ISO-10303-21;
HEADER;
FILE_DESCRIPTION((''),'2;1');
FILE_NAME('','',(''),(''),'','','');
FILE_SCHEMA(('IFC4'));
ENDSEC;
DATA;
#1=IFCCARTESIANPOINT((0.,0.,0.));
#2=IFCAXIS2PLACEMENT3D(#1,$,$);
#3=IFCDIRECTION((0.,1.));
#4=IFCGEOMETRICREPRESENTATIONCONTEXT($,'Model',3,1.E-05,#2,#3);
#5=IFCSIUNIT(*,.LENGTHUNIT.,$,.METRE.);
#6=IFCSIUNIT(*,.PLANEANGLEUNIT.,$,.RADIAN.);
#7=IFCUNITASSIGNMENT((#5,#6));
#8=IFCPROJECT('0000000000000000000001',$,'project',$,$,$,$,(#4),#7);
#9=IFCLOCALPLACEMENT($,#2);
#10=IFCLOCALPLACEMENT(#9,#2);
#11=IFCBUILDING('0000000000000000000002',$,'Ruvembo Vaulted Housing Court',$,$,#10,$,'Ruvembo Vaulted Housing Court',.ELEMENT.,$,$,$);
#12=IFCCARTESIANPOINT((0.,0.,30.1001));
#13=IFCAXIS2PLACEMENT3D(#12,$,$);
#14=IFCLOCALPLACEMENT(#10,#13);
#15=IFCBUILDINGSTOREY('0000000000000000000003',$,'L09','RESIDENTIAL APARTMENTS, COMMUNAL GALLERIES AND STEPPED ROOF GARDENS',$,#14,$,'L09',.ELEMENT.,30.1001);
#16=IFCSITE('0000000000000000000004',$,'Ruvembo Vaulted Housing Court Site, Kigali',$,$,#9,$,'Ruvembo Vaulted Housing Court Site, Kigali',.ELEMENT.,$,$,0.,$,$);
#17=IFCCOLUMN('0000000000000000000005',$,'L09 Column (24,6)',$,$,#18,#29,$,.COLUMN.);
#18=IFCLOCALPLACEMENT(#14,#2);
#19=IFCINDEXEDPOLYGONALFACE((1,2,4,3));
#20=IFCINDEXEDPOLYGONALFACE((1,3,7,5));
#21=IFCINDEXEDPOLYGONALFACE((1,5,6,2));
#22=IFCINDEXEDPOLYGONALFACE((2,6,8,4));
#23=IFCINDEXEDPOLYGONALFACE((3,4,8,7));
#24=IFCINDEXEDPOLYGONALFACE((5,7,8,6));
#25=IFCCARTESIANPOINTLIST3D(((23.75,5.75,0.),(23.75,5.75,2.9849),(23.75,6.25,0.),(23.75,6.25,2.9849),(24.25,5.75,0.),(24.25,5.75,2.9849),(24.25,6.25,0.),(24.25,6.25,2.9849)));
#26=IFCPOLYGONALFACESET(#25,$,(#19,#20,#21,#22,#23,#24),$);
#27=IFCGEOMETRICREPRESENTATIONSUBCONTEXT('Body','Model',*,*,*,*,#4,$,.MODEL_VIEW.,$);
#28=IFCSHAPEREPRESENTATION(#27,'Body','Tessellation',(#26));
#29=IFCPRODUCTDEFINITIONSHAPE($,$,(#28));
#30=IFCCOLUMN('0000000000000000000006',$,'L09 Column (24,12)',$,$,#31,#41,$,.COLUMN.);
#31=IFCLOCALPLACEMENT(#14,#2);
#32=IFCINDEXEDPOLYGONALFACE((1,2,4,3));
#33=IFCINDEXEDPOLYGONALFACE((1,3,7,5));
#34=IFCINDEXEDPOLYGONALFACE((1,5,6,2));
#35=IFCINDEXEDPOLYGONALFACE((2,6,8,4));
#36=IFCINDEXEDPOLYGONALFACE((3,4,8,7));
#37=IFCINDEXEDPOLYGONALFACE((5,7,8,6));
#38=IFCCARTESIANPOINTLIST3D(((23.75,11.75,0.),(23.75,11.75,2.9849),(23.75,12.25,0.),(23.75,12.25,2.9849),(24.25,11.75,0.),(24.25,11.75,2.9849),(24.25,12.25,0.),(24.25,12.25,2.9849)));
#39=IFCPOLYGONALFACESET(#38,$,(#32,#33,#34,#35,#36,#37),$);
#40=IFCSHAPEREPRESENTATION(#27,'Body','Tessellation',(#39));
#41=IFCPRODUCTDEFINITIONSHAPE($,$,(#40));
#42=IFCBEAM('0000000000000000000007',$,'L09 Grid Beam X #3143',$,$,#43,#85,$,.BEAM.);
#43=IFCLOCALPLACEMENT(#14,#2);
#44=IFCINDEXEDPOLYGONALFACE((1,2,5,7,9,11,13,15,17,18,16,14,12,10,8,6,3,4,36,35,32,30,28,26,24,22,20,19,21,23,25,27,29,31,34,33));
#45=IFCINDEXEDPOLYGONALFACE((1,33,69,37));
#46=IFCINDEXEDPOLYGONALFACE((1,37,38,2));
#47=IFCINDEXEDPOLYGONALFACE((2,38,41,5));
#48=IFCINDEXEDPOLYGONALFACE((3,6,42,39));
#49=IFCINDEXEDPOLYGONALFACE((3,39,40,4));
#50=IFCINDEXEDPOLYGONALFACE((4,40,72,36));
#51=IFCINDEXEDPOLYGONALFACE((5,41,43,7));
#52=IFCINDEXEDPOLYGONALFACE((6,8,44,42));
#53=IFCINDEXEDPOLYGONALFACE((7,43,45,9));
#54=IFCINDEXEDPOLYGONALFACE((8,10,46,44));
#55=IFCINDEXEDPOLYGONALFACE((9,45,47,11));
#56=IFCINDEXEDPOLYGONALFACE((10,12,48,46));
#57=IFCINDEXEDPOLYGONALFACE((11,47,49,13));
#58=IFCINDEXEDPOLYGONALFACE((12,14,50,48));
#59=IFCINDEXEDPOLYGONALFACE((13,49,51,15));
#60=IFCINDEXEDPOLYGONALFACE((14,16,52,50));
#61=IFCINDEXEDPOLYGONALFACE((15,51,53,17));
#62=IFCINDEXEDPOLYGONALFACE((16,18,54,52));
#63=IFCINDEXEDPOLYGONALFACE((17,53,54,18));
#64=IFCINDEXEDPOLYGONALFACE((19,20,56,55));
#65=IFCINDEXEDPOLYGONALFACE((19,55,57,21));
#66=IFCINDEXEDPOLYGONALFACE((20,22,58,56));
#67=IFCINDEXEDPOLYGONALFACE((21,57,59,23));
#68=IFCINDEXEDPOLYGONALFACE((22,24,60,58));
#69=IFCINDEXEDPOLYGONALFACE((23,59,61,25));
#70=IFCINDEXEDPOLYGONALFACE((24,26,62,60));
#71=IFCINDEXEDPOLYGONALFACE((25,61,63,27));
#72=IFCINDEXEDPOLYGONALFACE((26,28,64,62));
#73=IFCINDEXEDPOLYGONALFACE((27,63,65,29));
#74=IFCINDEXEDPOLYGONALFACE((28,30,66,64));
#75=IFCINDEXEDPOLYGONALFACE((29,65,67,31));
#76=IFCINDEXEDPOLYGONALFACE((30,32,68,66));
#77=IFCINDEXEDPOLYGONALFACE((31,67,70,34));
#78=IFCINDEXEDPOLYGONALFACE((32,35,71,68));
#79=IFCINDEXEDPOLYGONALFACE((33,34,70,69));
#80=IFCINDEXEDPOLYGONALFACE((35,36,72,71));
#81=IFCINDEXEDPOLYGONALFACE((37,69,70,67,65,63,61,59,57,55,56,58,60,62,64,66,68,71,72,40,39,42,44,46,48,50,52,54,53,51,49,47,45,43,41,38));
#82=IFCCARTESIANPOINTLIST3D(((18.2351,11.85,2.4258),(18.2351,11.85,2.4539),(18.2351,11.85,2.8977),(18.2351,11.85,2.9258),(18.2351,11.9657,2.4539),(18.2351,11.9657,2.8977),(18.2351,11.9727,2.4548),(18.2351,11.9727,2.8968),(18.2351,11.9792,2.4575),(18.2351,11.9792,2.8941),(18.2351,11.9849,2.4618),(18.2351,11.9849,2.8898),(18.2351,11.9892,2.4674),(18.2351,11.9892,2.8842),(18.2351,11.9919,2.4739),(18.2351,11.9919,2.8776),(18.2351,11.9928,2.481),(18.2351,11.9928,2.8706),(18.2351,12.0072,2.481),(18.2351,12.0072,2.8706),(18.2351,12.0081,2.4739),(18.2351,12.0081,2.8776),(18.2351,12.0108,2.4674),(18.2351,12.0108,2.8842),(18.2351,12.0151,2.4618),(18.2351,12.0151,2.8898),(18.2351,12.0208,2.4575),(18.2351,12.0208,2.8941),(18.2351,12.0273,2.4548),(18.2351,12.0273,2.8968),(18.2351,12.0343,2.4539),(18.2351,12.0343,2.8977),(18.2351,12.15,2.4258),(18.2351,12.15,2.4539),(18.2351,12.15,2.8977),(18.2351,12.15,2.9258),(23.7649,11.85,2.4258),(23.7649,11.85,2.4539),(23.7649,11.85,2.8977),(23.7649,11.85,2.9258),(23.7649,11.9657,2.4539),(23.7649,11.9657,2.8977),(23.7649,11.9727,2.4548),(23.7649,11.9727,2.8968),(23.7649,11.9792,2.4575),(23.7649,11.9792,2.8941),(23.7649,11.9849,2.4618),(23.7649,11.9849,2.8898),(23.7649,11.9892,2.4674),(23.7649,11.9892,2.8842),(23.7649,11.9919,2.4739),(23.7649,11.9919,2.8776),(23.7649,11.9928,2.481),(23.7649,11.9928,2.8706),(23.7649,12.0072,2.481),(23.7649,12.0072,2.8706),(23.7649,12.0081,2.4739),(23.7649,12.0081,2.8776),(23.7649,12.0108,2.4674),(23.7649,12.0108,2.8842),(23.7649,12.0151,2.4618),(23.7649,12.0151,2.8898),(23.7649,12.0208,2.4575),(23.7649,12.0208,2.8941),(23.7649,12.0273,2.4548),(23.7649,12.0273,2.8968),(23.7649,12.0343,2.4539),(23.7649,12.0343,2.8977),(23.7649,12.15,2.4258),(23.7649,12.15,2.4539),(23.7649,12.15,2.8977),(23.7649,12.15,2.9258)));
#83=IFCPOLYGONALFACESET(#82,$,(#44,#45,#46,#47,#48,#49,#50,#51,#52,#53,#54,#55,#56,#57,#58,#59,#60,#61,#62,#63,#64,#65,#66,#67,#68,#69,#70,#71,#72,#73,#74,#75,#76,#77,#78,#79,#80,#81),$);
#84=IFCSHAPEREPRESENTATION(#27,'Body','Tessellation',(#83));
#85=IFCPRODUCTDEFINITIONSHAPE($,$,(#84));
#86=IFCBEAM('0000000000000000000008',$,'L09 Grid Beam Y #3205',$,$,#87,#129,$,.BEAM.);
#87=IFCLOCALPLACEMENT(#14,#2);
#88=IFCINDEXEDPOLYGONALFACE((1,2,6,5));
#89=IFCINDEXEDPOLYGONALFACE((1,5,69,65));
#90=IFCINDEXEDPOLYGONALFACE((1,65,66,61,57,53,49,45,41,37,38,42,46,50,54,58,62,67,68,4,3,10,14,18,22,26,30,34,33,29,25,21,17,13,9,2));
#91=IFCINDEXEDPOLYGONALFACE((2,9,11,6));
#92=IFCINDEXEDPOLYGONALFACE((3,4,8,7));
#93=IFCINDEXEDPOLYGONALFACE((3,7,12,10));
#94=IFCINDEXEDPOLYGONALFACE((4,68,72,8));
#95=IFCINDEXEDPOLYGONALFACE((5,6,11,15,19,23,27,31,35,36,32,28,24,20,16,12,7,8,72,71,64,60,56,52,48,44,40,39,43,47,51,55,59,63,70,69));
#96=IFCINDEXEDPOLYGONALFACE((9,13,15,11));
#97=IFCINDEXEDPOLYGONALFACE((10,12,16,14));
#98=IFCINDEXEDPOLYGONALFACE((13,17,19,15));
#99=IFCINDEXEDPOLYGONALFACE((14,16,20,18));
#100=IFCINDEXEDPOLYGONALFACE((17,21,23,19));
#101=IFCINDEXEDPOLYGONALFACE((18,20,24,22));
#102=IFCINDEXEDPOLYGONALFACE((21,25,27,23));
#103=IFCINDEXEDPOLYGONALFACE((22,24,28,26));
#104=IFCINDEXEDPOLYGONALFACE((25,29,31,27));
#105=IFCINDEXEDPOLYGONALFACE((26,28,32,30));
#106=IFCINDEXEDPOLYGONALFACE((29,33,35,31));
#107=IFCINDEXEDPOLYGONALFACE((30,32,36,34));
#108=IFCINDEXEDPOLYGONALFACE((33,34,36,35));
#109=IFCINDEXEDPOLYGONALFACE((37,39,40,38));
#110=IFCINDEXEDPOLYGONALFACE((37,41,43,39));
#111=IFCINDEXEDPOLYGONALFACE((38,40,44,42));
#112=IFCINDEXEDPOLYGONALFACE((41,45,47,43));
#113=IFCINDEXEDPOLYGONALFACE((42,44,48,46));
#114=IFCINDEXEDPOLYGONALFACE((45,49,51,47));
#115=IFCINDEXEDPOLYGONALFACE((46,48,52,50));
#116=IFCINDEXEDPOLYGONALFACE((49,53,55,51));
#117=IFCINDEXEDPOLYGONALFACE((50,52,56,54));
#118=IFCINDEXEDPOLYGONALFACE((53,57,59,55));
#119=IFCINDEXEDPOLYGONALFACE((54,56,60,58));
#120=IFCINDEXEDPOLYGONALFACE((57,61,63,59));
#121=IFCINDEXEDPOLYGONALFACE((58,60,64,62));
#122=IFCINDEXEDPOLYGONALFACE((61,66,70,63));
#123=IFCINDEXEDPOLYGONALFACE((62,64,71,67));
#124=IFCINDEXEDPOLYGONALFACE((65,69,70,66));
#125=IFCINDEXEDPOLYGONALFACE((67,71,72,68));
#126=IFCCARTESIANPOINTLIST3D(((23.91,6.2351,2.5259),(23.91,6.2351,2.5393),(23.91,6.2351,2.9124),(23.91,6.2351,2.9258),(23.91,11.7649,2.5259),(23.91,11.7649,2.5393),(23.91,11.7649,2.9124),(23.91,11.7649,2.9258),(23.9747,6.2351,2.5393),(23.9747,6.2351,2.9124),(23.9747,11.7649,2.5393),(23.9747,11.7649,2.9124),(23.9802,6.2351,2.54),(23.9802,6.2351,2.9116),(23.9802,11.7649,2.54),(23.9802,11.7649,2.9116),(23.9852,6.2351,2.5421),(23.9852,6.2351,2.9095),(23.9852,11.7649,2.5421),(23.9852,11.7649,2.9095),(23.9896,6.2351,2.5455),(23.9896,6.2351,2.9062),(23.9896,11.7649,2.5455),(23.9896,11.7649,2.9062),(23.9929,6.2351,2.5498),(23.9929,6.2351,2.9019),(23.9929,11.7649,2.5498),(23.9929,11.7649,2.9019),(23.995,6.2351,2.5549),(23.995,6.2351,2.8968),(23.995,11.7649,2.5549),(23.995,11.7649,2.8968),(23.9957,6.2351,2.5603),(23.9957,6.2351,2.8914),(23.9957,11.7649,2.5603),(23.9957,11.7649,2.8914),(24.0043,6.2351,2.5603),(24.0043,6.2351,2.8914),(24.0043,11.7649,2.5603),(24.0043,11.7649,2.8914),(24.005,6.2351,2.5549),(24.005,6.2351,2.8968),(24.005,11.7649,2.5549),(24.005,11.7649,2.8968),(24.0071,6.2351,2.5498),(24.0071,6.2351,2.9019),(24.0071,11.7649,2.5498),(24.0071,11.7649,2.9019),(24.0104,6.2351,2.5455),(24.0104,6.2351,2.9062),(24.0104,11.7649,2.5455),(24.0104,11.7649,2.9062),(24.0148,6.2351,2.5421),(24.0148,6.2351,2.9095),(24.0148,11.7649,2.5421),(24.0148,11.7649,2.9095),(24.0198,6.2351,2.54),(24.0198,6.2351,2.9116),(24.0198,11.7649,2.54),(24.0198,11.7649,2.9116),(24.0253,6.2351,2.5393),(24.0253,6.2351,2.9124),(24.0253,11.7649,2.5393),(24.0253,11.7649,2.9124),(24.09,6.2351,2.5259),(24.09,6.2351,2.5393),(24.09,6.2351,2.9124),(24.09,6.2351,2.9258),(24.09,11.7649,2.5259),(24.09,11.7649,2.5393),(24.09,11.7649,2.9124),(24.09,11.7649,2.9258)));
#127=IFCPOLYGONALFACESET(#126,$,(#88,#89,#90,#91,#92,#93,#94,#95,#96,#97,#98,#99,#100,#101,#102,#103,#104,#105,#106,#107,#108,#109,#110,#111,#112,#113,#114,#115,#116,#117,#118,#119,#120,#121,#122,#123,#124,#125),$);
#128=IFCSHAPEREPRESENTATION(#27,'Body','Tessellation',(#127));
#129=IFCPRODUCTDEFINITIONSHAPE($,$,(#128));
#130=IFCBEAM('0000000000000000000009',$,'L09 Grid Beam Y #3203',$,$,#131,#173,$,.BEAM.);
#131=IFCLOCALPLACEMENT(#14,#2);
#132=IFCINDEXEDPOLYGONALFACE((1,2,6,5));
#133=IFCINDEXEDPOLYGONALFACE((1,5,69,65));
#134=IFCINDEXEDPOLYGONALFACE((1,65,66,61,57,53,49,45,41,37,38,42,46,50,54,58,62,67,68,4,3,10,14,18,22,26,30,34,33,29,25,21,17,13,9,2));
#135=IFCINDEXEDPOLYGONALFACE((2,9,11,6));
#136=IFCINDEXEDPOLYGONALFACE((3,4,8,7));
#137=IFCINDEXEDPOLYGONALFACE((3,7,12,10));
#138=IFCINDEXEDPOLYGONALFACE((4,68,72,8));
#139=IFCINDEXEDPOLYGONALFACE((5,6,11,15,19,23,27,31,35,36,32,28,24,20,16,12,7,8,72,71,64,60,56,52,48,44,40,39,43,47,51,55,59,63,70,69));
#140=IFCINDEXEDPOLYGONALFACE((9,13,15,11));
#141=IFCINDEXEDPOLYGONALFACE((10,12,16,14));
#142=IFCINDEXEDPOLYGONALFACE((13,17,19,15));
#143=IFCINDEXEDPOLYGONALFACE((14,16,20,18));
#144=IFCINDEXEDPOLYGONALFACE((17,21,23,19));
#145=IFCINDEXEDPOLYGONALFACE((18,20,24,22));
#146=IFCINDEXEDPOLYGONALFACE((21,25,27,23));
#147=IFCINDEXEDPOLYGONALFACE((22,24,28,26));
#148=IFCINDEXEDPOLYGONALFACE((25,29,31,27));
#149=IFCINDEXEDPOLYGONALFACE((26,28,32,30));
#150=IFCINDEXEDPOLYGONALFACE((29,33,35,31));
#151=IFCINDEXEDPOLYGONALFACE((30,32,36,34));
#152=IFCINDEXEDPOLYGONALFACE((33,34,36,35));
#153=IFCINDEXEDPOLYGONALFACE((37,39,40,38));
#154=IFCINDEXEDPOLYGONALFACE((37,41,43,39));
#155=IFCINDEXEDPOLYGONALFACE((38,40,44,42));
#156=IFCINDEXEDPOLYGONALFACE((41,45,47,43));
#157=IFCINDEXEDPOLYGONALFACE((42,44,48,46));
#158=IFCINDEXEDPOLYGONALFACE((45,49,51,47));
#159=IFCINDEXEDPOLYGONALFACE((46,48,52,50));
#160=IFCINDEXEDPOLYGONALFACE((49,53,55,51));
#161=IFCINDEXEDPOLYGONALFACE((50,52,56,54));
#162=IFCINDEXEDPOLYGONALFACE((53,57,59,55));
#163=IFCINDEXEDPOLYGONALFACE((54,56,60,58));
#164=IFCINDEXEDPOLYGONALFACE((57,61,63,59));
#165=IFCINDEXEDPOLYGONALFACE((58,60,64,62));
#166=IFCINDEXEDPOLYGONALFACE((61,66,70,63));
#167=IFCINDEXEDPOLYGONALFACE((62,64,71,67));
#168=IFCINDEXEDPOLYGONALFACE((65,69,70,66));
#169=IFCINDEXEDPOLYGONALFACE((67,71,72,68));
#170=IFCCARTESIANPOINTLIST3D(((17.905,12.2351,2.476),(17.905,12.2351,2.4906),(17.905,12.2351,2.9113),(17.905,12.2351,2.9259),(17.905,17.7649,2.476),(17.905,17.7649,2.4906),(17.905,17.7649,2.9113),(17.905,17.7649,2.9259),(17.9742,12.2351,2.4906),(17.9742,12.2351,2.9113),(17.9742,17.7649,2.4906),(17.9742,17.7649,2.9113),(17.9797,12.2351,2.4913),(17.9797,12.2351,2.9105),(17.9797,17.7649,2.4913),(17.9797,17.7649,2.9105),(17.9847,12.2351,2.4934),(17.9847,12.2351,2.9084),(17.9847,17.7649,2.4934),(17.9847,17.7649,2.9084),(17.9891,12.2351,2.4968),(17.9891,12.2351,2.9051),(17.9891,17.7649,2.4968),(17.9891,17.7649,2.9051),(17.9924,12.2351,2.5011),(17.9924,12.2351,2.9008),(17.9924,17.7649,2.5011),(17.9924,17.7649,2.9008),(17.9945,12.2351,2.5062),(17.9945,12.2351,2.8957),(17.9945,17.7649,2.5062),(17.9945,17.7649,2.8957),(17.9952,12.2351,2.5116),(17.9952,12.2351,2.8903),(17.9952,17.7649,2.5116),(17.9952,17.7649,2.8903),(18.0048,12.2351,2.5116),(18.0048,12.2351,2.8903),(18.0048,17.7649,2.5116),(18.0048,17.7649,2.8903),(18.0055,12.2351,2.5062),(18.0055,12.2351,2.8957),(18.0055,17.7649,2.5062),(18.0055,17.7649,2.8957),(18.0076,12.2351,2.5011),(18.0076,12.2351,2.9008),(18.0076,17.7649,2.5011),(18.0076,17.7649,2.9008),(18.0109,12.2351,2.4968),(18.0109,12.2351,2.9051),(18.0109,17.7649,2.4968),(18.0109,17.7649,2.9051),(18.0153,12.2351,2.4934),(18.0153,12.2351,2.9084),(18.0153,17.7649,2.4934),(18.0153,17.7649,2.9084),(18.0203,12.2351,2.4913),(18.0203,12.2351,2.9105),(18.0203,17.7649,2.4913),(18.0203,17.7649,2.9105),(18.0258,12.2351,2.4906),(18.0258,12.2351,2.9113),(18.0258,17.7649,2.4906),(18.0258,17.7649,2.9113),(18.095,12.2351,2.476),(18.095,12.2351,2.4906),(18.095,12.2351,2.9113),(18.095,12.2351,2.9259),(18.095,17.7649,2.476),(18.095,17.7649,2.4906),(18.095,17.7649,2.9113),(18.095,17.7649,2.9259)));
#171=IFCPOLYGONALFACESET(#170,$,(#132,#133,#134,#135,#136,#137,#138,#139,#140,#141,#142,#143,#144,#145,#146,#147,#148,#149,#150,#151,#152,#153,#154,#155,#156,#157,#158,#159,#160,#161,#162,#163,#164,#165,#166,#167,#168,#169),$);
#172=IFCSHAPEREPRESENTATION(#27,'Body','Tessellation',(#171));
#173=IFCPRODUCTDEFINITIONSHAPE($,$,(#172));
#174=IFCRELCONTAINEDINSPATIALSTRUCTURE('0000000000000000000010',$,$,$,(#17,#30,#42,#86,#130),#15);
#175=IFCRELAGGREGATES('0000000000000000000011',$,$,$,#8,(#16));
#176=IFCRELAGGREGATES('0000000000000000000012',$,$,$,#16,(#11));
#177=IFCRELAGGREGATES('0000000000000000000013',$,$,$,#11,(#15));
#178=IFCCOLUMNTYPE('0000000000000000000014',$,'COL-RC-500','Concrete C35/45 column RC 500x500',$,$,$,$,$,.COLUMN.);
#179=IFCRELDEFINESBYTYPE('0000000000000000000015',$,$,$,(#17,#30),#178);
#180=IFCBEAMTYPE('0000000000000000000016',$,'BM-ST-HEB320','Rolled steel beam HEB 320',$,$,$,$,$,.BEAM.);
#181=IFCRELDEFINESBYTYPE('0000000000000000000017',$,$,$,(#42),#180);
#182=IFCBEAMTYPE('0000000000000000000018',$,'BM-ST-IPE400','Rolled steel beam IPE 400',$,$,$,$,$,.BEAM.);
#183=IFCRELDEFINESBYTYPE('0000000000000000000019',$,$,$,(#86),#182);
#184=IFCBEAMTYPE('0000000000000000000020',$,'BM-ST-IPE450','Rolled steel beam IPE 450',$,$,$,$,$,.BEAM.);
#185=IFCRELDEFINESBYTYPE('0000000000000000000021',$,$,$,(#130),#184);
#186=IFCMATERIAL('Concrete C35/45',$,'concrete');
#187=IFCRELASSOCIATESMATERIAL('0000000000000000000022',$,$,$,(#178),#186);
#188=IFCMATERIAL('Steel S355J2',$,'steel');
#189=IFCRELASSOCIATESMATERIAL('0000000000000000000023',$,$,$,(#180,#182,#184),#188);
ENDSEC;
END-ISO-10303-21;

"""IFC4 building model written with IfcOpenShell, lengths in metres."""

from ifc_helpers import new_model, si_unit, direction, frame, origin, origin_2d, place, context, subcontext, project, spatial, rectangle, i_section, extrude, material, material_profile, profile_set, type_object, element, save


model = new_model("IFC4")

# Units and contexts
model_context = context("Model", 3, precision=1e-05, world=origin(), true_north=direction((0.0, 1.0)))
body_context = subcontext(model_context, "Body", "Model", "MODEL_VIEW")
ifc_project = project(units=[si_unit("LENGTHUNIT", "METRE"), si_unit("PLANEANGLEUNIT", "RADIAN")], contexts=[model_context])

# Site, building, storey
site_placement = place(None, origin())
site = spatial("IfcSite", under=ifc_project, at=site_placement, Name="Ruvembo Vaulted Housing Court Site, Kigali", LongName="Ruvembo Vaulted Housing Court Site, Kigali", CompositionType="ELEMENT", RefElevation=0.0)
building_placement = place(site_placement, origin())
building = spatial("IfcBuilding", under=site, at=building_placement, Name="Ruvembo Vaulted Housing Court", LongName="Ruvembo Vaulted Housing Court", CompositionType="ELEMENT")
storey_placement = place(building_placement, frame((0.0, 0.0, 30.1001)))
storey = spatial("IfcBuildingStorey", under=building, at=storey_placement, Name="L09", Description="RESIDENTIAL APARTMENTS, COMMUNAL GALLERIES AND STEPPED ROOF GARDENS", LongName="L09", CompositionType="ELEMENT", Elevation=30.1001)

# Columns
ifc_material_1 = material(Name="Concrete C35/45", Category="concrete")
ifc_material_profile_1 = material_profile(ifc_material_1, rectangle(XDim=0.5, YDim=0.5, at=origin_2d()), Name="RC 500x500")
ifc_profile_set_1 = profile_set([ifc_material_profile_1], Name="Concrete C35/45")
column_type = type_object("IfcColumnType", Name="COL-RC-500", Description="Concrete C35/45 column RC 500x500", PredefinedType="COLUMN", material=ifc_profile_set_1)
for number, where, z_axis, x_axis, name in (
    (1, (24.0, 6.0, 0.0), (0.0, 0.0, 1.0), (1.0, 0.0, 0.0), "L09 Column (24,6)"),
    (2, (24.0, 12.0, 0.0), (0.0, 0.0, 1.0), (1.0, 0.0, 0.0), "L09 Column (24,12)"),
):
    element("IfcColumn", number, at=place(storey_placement, frame(where, z_axis=z_axis, x_axis=x_axis)), inside=storey, type_object=column_type, Name=name, PredefinedType="COLUMN", context=body_context, shape_type="SweptSolid", body=[
        extrude(rectangle(XDim=0.5, YDim=0.5, at=origin_2d()), origin(), (0.0, 0.0, 1.0), 2.9849),
    ])

# Beams
ifc_material_2 = material(Name="Steel S355J2", Category="steel")
ifc_material_profile_2 = material_profile(ifc_material_2, i_section(OverallWidth=0.3, OverallDepth=0.5, WebThickness=0.0144, FlangeThickness=0.0281, FilletRadius=0.0271, at=origin_2d()), Name="HEB 320")
ifc_profile_set_2 = profile_set([ifc_material_profile_2], Name="Steel S355J2")
beam_type_1 = type_object("IfcBeamType", Name="BM-ST-HEB320", Description="Rolled steel beam HEB 320", PredefinedType="BEAM", material=ifc_profile_set_2)
beam_1_placement = place(storey_placement, frame((18.2351, 12.0, 2.6758), z_axis=(1.0, 0.0, 0.0), x_axis=(0.0, 1.0, 0.0)))
element("IfcBeam", 3, at=beam_1_placement, inside=storey, type_object=beam_type_1, Name="L09 Grid Beam X #3143", PredefinedType="BEAM", context=body_context, shape_type="SweptSolid", body=[
    extrude(i_section(OverallWidth=0.3, OverallDepth=0.5, WebThickness=0.0144, FlangeThickness=0.0281, FilletRadius=0.0271, at=origin_2d()), origin(), (0.0, 0.0, 1.0), 5.5298),
])
ifc_material_profile_3 = material_profile(ifc_material_2, i_section(OverallWidth=0.1799, OverallDepth=0.3999, WebThickness=0.0085, FlangeThickness=0.0134, FilletRadius=0.021, at=origin_2d()), Name="IPE 400")
ifc_profile_set_3 = profile_set([ifc_material_profile_3], Name="Steel S355J2")
beam_type_2 = type_object("IfcBeamType", Name="BM-ST-IPE400", Description="Rolled steel beam IPE 400", PredefinedType="BEAM", material=ifc_profile_set_3)
beam_2_placement = place(storey_placement, frame((24.0, 6.2351, 2.7258), z_axis=(0.0, 1.0, 0.0), x_axis=(-1.0, 0.0, 0.0)))
element("IfcBeam", 4, at=beam_2_placement, inside=storey, type_object=beam_type_2, Name="L09 Grid Beam Y #3205", PredefinedType="BEAM", context=body_context, shape_type="SweptSolid", body=[
    extrude(i_section(OverallWidth=0.1799, OverallDepth=0.3999, WebThickness=0.0085, FlangeThickness=0.0134, FilletRadius=0.021, at=origin_2d()), origin(), (0.0, 0.0, 1.0), 5.5298),
])
ifc_material_profile_4 = material_profile(ifc_material_2, i_section(OverallWidth=0.1899, OverallDepth=0.45, WebThickness=0.0095, FlangeThickness=0.0146, FilletRadius=0.021, at=origin_2d()), Name="IPE 450")
ifc_profile_set_4 = profile_set([ifc_material_profile_4], Name="Steel S355J2")
beam_type_3 = type_object("IfcBeamType", Name="BM-ST-IPE450", Description="Rolled steel beam IPE 450", PredefinedType="BEAM", material=ifc_profile_set_4)
for number, where, z_axis, x_axis, name in (
    (5, (18.0, 12.2351, 2.7009), (0.0, 1.0, 0.0), (-1.0, 0.0, 0.0), "L09 Grid Beam Y #3203"),
):
    element("IfcBeam", number, at=place(storey_placement, frame(where, z_axis=z_axis, x_axis=x_axis)), inside=storey, type_object=beam_type_3, Name=name, PredefinedType="BEAM", context=body_context, shape_type="SweptSolid", body=[
        extrude(i_section(OverallWidth=0.1899, OverallDepth=0.45, WebThickness=0.0095, FlangeThickness=0.0146, FilletRadius=0.021, at=origin_2d()), origin(), (0.0, 0.0, 1.0), 5.5298),
    ])

save(model, "model.ifc")
